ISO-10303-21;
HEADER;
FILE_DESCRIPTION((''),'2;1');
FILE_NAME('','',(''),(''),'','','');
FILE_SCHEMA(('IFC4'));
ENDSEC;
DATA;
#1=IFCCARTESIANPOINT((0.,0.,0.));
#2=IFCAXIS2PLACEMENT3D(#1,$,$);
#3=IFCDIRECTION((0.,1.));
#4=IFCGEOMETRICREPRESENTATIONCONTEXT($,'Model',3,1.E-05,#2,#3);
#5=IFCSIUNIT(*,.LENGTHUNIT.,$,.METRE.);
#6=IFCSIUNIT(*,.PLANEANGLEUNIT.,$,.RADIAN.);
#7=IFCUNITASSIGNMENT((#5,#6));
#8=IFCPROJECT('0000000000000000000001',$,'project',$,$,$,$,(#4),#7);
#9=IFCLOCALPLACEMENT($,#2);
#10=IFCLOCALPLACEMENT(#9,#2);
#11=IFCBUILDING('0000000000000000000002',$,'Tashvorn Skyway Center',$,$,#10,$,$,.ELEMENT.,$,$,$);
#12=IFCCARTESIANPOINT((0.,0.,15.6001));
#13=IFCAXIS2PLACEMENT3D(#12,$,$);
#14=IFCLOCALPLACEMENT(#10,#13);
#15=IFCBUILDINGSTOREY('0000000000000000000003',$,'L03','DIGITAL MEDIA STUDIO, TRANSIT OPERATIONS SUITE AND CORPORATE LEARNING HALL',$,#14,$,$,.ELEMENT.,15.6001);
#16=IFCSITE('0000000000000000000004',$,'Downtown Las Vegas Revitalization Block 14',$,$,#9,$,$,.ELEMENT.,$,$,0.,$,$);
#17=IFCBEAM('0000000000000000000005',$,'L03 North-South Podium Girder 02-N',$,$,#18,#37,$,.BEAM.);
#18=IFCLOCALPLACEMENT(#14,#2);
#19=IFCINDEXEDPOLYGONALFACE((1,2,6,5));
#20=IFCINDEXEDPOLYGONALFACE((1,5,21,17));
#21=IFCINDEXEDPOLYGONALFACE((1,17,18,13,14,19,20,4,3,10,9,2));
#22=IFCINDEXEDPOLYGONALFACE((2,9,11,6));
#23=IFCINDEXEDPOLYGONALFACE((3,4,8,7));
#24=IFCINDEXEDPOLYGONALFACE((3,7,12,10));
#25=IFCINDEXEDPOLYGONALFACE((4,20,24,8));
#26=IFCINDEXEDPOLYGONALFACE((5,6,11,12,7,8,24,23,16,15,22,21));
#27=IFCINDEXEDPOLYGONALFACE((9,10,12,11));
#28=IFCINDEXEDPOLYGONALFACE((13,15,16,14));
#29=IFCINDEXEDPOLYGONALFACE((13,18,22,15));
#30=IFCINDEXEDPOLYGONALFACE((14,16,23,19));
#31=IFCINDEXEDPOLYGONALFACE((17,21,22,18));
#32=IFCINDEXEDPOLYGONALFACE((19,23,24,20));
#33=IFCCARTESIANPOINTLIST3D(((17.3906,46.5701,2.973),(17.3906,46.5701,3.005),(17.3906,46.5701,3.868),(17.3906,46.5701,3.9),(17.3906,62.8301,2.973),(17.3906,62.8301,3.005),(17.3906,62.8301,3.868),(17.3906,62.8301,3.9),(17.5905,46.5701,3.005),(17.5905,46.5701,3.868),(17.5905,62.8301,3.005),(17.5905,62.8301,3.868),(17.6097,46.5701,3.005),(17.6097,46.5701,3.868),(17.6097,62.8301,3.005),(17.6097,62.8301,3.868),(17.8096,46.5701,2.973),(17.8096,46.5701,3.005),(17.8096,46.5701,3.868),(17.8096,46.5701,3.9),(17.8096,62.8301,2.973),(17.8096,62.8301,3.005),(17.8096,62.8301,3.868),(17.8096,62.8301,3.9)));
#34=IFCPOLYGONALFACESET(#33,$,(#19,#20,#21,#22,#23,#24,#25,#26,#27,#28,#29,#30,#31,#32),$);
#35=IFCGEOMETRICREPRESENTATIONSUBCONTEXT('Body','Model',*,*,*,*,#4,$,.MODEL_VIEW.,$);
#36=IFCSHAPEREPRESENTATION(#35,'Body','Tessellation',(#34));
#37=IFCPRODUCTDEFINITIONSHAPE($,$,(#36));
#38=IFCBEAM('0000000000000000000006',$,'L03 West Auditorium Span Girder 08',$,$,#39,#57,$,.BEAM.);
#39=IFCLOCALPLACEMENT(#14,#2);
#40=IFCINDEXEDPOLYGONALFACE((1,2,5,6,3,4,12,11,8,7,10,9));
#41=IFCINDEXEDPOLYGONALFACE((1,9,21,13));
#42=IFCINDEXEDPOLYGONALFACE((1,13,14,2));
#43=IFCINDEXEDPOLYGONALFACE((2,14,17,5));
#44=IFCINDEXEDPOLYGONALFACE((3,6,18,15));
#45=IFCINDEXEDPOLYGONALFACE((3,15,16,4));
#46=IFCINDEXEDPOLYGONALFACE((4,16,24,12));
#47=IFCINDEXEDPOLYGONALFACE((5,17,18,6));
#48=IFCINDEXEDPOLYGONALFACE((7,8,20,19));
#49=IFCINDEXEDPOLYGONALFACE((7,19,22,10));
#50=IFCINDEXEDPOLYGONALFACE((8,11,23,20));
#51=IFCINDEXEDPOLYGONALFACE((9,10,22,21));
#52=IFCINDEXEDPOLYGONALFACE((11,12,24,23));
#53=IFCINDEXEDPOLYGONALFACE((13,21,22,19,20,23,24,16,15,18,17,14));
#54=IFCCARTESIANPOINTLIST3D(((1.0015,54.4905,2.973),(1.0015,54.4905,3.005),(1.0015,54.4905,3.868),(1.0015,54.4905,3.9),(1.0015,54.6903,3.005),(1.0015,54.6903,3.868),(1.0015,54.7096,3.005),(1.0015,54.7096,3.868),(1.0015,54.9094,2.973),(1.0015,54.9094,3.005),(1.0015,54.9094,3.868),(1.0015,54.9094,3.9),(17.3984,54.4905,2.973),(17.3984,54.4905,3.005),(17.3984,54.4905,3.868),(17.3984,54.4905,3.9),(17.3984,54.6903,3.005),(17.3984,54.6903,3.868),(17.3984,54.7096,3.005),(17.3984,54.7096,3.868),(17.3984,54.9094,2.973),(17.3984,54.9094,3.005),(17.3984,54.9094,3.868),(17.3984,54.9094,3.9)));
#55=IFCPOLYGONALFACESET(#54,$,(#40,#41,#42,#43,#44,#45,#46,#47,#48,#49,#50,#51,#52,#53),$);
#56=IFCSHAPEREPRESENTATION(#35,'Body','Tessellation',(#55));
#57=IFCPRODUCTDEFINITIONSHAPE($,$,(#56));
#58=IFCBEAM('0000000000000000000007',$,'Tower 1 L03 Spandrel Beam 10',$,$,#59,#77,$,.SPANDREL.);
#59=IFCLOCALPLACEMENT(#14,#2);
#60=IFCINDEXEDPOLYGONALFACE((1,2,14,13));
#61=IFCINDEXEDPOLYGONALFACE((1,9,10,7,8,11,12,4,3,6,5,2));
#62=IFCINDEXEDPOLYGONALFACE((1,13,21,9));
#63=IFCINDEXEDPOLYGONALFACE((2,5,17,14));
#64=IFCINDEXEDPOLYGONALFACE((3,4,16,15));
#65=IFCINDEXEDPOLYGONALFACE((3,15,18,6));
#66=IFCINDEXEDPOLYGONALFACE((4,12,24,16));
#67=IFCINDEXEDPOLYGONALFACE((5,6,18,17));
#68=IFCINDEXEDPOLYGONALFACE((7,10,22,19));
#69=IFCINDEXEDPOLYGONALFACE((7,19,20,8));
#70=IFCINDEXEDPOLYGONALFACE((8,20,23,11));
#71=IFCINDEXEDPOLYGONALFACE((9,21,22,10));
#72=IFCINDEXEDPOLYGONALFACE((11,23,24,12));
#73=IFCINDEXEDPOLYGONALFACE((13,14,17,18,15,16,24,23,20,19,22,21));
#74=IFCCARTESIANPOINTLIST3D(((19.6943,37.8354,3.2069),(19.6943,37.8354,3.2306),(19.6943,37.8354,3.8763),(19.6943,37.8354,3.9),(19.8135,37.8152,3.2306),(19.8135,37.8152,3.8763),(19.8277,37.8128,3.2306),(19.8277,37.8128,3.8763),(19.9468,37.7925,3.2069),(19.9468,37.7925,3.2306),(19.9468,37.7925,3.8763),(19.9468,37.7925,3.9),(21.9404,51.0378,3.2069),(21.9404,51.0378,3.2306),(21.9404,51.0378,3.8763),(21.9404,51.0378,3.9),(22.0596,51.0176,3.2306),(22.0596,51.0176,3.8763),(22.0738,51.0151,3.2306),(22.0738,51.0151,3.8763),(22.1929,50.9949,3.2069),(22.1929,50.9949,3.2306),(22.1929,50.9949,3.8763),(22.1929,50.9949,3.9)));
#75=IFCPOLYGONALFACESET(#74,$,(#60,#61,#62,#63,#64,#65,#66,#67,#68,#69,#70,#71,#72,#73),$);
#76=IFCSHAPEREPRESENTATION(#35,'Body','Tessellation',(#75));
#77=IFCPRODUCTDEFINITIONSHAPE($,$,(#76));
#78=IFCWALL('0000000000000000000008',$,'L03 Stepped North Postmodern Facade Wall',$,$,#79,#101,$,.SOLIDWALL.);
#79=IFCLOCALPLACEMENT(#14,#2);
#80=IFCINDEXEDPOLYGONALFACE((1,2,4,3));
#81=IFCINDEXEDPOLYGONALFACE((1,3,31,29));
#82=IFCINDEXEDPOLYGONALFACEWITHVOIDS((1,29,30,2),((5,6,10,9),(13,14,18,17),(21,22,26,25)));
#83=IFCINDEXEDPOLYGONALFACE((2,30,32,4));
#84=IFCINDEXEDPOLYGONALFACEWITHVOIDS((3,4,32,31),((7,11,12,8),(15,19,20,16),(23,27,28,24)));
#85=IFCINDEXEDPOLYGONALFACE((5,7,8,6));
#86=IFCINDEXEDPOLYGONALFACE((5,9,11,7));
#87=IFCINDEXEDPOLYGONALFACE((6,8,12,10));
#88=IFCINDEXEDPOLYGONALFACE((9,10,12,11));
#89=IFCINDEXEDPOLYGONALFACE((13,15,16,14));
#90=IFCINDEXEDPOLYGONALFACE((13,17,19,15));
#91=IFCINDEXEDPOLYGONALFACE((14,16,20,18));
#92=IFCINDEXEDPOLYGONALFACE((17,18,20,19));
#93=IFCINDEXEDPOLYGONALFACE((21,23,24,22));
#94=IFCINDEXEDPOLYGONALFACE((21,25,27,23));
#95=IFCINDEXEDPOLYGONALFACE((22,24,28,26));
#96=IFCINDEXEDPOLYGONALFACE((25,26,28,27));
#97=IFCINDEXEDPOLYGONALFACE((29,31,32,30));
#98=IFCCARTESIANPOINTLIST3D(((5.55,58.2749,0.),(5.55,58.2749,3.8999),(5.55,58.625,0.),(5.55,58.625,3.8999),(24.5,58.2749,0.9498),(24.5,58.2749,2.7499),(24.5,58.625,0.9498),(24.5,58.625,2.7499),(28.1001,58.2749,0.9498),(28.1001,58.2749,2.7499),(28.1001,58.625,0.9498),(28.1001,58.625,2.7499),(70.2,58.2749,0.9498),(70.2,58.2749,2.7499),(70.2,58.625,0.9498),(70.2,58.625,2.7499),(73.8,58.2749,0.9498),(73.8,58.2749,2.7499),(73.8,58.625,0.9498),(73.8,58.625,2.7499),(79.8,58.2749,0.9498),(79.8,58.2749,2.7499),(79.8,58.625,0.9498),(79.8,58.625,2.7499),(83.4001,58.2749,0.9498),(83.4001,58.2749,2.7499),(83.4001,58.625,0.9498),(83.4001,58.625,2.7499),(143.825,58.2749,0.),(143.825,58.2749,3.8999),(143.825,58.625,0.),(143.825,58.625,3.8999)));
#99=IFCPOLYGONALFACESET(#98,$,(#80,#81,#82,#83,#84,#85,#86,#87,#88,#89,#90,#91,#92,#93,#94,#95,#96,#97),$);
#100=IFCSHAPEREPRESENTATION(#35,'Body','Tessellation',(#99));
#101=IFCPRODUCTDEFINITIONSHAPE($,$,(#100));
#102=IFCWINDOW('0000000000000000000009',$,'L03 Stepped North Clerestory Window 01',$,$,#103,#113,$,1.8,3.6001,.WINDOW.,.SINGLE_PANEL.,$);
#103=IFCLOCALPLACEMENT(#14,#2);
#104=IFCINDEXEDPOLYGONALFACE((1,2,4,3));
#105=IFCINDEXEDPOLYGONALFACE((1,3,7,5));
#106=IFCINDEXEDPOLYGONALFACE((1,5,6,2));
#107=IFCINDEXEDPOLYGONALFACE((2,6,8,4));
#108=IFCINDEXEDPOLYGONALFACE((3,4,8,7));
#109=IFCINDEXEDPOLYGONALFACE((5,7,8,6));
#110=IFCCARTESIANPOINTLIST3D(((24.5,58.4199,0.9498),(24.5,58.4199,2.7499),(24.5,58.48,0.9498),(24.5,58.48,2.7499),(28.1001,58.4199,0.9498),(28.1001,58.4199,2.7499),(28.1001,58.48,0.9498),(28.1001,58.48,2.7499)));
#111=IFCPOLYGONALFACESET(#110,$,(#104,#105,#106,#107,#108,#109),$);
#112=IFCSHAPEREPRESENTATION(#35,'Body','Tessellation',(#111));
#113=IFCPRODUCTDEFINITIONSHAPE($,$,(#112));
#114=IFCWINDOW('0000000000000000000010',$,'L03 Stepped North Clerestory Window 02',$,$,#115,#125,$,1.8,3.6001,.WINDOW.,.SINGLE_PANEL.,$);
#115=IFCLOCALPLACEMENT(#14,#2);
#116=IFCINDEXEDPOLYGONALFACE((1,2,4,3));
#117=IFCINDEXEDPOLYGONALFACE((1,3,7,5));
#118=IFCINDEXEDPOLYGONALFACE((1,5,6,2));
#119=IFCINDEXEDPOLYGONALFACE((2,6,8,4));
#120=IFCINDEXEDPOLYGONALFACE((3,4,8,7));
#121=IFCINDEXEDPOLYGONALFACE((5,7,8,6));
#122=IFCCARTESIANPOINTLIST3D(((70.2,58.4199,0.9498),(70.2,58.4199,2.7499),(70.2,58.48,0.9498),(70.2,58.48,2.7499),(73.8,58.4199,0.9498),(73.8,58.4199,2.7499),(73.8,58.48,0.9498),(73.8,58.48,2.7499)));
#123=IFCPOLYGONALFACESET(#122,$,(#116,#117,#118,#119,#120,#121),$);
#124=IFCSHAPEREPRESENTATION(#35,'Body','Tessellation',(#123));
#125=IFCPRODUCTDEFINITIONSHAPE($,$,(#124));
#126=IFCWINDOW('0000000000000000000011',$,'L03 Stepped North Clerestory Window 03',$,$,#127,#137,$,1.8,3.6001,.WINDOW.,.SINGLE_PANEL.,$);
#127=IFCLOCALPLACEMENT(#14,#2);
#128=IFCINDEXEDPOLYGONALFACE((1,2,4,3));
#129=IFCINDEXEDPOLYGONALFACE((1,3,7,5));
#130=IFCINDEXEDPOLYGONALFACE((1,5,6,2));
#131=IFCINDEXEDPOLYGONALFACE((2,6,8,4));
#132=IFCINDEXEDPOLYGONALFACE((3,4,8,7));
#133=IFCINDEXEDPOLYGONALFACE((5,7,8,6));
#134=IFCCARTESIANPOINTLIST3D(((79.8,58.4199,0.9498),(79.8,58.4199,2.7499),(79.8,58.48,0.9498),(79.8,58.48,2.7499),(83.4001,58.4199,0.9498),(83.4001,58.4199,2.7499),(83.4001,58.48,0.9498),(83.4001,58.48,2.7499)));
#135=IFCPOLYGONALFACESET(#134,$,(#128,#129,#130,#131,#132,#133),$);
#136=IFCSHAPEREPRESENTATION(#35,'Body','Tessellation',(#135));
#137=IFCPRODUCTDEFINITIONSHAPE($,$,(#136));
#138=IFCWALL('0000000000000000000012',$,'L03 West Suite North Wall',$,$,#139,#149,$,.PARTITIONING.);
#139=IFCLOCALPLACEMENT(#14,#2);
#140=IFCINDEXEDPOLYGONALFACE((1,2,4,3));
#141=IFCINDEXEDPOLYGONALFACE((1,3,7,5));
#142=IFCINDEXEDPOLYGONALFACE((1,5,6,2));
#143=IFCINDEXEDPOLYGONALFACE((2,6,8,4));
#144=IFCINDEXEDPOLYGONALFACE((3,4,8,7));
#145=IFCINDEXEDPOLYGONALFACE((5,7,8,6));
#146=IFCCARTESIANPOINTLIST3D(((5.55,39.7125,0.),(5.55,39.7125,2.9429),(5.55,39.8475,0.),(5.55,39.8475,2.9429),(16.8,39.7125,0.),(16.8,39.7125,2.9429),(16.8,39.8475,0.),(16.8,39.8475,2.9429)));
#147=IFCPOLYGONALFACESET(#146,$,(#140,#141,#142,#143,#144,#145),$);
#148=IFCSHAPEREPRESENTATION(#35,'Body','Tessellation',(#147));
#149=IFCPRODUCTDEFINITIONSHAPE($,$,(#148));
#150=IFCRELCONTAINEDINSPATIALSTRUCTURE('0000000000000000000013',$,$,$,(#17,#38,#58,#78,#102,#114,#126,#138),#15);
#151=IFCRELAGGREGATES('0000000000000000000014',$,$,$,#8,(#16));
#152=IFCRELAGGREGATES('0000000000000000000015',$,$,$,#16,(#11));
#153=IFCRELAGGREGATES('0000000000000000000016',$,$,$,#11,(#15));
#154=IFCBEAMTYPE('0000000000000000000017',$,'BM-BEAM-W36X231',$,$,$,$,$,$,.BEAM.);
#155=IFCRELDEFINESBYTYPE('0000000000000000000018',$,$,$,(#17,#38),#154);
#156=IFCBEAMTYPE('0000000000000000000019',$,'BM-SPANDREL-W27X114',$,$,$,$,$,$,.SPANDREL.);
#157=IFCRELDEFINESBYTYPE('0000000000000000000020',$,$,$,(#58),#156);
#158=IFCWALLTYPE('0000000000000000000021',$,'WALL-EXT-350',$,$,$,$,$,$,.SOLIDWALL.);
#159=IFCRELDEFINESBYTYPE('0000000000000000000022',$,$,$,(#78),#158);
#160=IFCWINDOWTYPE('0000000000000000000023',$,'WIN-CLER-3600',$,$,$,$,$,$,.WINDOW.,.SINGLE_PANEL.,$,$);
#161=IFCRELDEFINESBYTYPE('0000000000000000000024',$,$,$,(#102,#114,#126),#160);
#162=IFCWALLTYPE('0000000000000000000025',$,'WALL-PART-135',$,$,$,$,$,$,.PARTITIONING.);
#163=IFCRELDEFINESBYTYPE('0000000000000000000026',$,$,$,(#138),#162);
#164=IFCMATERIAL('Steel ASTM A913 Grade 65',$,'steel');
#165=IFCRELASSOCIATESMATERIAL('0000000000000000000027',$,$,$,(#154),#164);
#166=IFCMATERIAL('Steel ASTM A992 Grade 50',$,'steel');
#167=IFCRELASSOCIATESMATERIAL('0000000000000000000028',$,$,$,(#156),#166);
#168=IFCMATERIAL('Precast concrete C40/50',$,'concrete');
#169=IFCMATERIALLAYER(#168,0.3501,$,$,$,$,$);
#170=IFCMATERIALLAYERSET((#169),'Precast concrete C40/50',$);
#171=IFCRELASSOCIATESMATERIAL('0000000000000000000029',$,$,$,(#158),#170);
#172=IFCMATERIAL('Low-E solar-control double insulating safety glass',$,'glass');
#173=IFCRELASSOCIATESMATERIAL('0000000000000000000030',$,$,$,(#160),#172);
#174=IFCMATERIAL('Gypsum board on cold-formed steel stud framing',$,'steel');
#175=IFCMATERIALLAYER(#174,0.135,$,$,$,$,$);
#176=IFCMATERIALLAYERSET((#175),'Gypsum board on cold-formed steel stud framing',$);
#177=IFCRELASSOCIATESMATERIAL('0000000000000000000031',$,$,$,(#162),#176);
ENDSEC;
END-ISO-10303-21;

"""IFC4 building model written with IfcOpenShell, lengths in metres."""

from ifc_helpers import new_model, si_unit, direction, frame, frame_2d, origin, origin_2d, place, context, subcontext, project, spatial, rectangle, i_section, extrude, material, layer, layer_set, material_profile, profile_set, type_object, element, fill, save


model = new_model("IFC4")

# Units and contexts
model_context = context("Model", 3, precision=1e-05, world=origin(), true_north=direction((0.0, 1.0)))
body_context = subcontext(model_context, "Body", "Model", "MODEL_VIEW")
ifc_project = project(units=[si_unit("LENGTHUNIT", "METRE"), si_unit("PLANEANGLEUNIT", "RADIAN")], contexts=[model_context])

# Site, building, storey
site_placement = place(None, origin())
site = spatial("IfcSite", under=ifc_project, at=site_placement, Name="Downtown Las Vegas Revitalization Block 14", CompositionType="ELEMENT", RefElevation=0.0)
building_placement = place(site_placement, origin())
building = spatial("IfcBuilding", under=site, at=building_placement, Name="Tashvorn Skyway Center", CompositionType="ELEMENT")
storey_placement = place(building_placement, frame((0.0, 0.0, 15.6001)))
storey = spatial("IfcBuildingStorey", under=building, at=storey_placement, Name="L03", Description="DIGITAL MEDIA STUDIO, TRANSIT OPERATIONS SUITE AND CORPORATE LEARNING HALL", CompositionType="ELEMENT", Elevation=15.6001)

# Beams
ifc_material_1 = material(Name="Steel ASTM A992 Grade 50", Category="steel")
ifc_material_2 = material(Name="Steel ASTM A913 Grade 65", Category="steel")
ifc_material_profile_1 = material_profile(ifc_material_2, i_section(OverallWidth=0.4189, OverallDepth=0.927, WebThickness=0.0193, FlangeThickness=0.032, at=origin_2d()), Name="W36X231")
ifc_profile_set_1 = profile_set([ifc_material_profile_1], Name="Steel ASTM A913 Grade 65")
beam_type_1 = type_object("IfcBeamType", Name="BM-BEAM-W36X231", PredefinedType="BEAM", material=ifc_profile_set_1)
for number, where, z_axis, x_axis, name in (
    (1, (17.6001, 46.5701, 3.4365), (0.0, 1.0, 0.0), (-1.0, 0.0, 0.0), "L03 North-South Podium Girder 02-N"),
):
    element("IfcBeam", number, at=place(storey_placement, frame(where, z_axis=z_axis, x_axis=x_axis)), inside=storey, type_object=beam_type_1, Name=name, PredefinedType="BEAM", context=body_context, shape_type="SweptSolid", body=[
        extrude(i_section(OverallWidth=0.4189, OverallDepth=0.927, WebThickness=0.0193, FlangeThickness=0.032, at=origin_2d()), origin(), (0.0, 0.0, 1.0), 16.26),
    ])
beam_1_placement = place(storey_placement, frame((1.0015, 54.7, 3.4365), z_axis=(1.0, 0.0, 0.0), x_axis=(0.0, 1.0, 0.0)))
element("IfcBeam", 2, at=beam_1_placement, inside=storey, type_object=beam_type_1, Name="L03 West Auditorium Span Girder 08", PredefinedType="BEAM", context=body_context, shape_type="SweptSolid", body=[
    extrude(i_section(OverallWidth=0.4189, OverallDepth=0.927, WebThickness=0.0193, FlangeThickness=0.032, at=origin_2d()), origin(), (0.0, 0.0, 1.0), 16.397),
])
ifc_material_profile_2 = material_profile(ifc_material_1, i_section(OverallWidth=0.2561, OverallDepth=0.6931, WebThickness=0.0144, FlangeThickness=0.0237, at=origin_2d()), Name="W27X114")
ifc_profile_set_2 = profile_set([ifc_material_profile_2], Name="Steel ASTM A992 Grade 50")
beam_type_2 = type_object("IfcBeamType", Name="BM-SPANDREL-W27X114", PredefinedType="SPANDREL", material=ifc_profile_set_2)
beam_2_placement = place(storey_placement, frame((22.0667, 51.0164, 3.5535), z_axis=(-0.167718, -0.985835, 0.0), x_axis=(0.985835, -0.167718, 0.0)))
element("IfcBeam", 3, at=beam_2_placement, inside=storey, type_object=beam_type_2, Name="Tower 1 L03 Spandrel Beam 10", PredefinedType="SPANDREL", context=body_context, shape_type="SweptSolid", body=[
    extrude(i_section(OverallWidth=0.2561, OverallDepth=0.6931, WebThickness=0.0144, FlangeThickness=0.0237, at=origin_2d()), origin(), (0.0, 0.0, 1.0), 13.3921),
])

# Wall, openings, windows
ifc_material_3 = material(Name="Precast concrete C40/50", Category="concrete")
ifc_layer_1 = layer(ifc_material_3, 0.3501)
ifc_layer_set_1 = layer_set([ifc_layer_1], Name="Precast concrete C40/50")
wall_type_1 = type_object("IfcWallType", Name="WALL-EXT-350", PredefinedType="SOLIDWALL", material=ifc_layer_set_1)
wall_1_placement = place(storey_placement, frame((5.55, 58.45, 0.0), z_axis=(0.0, 0.0, 1.0), x_axis=(1.0, 0.0, 0.0)))
wall_1 = element("IfcWall", 4, at=wall_1_placement, inside=storey, type_object=wall_type_1, Name="L03 Stepped North Postmodern Facade Wall", PredefinedType="SOLIDWALL", context=body_context, shape_type="SweptSolid", body=[
    extrude(rectangle(XDim=138.2749, YDim=0.3501, at=frame_2d((69.1375, 0.0))), origin(), (0.0, 0.0, 1.0), 3.8999),
])
opening_1_placement = place(wall_1_placement, frame((18.95, 0.0, 0.95)))
opening_1 = element("IfcOpeningElement", 5, at=opening_1_placement, cuts=wall_1, PredefinedType="OPENING", context=body_context, shape_type="SweptSolid", body=[
    extrude(rectangle(XDim=3.6001, YDim=1.8, at=frame_2d((1.8, 0.8999))), frame((0.0, 0.1851, 0.0), z_axis=(0.0, -1.0, 0.0), x_axis=(1.0, 0.0, 0.0)), (0.0, 0.0, 1.0), 0.3701),
])
opening_2_placement = place(wall_1_placement, frame((64.6499, 0.0, 0.95)))
opening_2 = element("IfcOpeningElement", 6, at=opening_2_placement, cuts=wall_1, PredefinedType="OPENING", context=body_context, shape_type="SweptSolid", body=[
    extrude(rectangle(XDim=3.6001, YDim=1.8, at=frame_2d((1.8, 0.8999))), frame((0.0, 0.1851, 0.0), z_axis=(0.0, -1.0, 0.0), x_axis=(1.0, 0.0, 0.0)), (0.0, 0.0, 1.0), 0.3701),
])
opening_3_placement = place(wall_1_placement, frame((74.25, 0.0, 0.95)))
opening_3 = element("IfcOpeningElement", 7, at=opening_3_placement, cuts=wall_1, PredefinedType="OPENING", context=body_context, shape_type="SweptSolid", body=[
    extrude(rectangle(XDim=3.6001, YDim=1.8, at=frame_2d((1.8, 0.8999))), frame((0.0, 0.1851, 0.0), z_axis=(0.0, -1.0, 0.0), x_axis=(1.0, 0.0, 0.0)), (0.0, 0.0, 1.0), 0.3701),
])
ifc_material_4 = material(Name="Low-E solar-control double insulating safety glass", Category="glass")
window_type = type_object("IfcWindowType", Name="WIN-CLER-3600", PartitioningType="SINGLE_PANEL", PredefinedType="WINDOW", material=ifc_material_4)
window_1_placement = place(opening_1_placement, origin())
window_1 = element("IfcWindow", 8, at=window_1_placement, inside=storey, type_object=window_type, Name="L03 Stepped North Clerestory Window 01", OverallHeight=1.8, OverallWidth=3.6001, PartitioningType="SINGLE_PANEL", PredefinedType="WINDOW", context=body_context, shape_type="SweptSolid", body=[
    extrude(rectangle(XDim=3.6001, YDim=1.8, at=frame_2d((1.8, 0.8999))), frame((0.0, 0.03, 0.0), z_axis=(0.0, -1.0, 0.0), x_axis=(1.0, 0.0, 0.0)), (0.0, 0.0, 1.0), 0.0601),
])
fill(opening_1, window_1)
window_2_placement = place(opening_2_placement, origin())
window_2 = element("IfcWindow", 9, at=window_2_placement, inside=storey, type_object=window_type, Name="L03 Stepped North Clerestory Window 02", OverallHeight=1.8, OverallWidth=3.6001, PartitioningType="SINGLE_PANEL", PredefinedType="WINDOW", context=body_context, shape_type="SweptSolid", body=[
    extrude(rectangle(XDim=3.6001, YDim=1.8, at=frame_2d((1.8, 0.8999))), frame((0.0, 0.03, 0.0), z_axis=(0.0, -1.0, 0.0), x_axis=(1.0, 0.0, 0.0)), (0.0, 0.0, 1.0), 0.0601),
])
fill(opening_2, window_2)
window_3_placement = place(opening_3_placement, origin())
window_3 = element("IfcWindow", 10, at=window_3_placement, inside=storey, type_object=window_type, Name="L03 Stepped North Clerestory Window 03", OverallHeight=1.8, OverallWidth=3.6001, PartitioningType="SINGLE_PANEL", PredefinedType="WINDOW", context=body_context, shape_type="SweptSolid", body=[
    extrude(rectangle(XDim=3.6001, YDim=1.8, at=frame_2d((1.8, 0.8999))), frame((0.0, 0.03, 0.0), z_axis=(0.0, -1.0, 0.0), x_axis=(1.0, 0.0, 0.0)), (0.0, 0.0, 1.0), 0.0601),
])
fill(opening_3, window_3)

# Wall
ifc_material_5 = material(Name="Gypsum board on cold-formed steel stud framing", Category="steel")
ifc_layer_2 = layer(ifc_material_5, 0.135)
ifc_layer_set_2 = layer_set([ifc_layer_2], Name="Gypsum board on cold-formed steel stud framing")
wall_type_2 = type_object("IfcWallType", Name="WALL-PART-135", PredefinedType="PARTITIONING", material=ifc_layer_set_2)
wall_2_placement = place(storey_placement, frame((5.55, 39.78, 0.0), z_axis=(0.0, 0.0, 1.0), x_axis=(1.0, 0.0, 0.0)))
element("IfcWall", 11, at=wall_2_placement, inside=storey, type_object=wall_type_2, Name="L03 West Suite North Wall", PredefinedType="PARTITIONING", context=body_context, shape_type="SweptSolid", body=[
    extrude(rectangle(XDim=11.25, YDim=0.135, at=frame_2d((5.625, 0.0))), origin(), (0.0, 0.0, 1.0), 2.9429),
])

save(model, "model.ifc")
